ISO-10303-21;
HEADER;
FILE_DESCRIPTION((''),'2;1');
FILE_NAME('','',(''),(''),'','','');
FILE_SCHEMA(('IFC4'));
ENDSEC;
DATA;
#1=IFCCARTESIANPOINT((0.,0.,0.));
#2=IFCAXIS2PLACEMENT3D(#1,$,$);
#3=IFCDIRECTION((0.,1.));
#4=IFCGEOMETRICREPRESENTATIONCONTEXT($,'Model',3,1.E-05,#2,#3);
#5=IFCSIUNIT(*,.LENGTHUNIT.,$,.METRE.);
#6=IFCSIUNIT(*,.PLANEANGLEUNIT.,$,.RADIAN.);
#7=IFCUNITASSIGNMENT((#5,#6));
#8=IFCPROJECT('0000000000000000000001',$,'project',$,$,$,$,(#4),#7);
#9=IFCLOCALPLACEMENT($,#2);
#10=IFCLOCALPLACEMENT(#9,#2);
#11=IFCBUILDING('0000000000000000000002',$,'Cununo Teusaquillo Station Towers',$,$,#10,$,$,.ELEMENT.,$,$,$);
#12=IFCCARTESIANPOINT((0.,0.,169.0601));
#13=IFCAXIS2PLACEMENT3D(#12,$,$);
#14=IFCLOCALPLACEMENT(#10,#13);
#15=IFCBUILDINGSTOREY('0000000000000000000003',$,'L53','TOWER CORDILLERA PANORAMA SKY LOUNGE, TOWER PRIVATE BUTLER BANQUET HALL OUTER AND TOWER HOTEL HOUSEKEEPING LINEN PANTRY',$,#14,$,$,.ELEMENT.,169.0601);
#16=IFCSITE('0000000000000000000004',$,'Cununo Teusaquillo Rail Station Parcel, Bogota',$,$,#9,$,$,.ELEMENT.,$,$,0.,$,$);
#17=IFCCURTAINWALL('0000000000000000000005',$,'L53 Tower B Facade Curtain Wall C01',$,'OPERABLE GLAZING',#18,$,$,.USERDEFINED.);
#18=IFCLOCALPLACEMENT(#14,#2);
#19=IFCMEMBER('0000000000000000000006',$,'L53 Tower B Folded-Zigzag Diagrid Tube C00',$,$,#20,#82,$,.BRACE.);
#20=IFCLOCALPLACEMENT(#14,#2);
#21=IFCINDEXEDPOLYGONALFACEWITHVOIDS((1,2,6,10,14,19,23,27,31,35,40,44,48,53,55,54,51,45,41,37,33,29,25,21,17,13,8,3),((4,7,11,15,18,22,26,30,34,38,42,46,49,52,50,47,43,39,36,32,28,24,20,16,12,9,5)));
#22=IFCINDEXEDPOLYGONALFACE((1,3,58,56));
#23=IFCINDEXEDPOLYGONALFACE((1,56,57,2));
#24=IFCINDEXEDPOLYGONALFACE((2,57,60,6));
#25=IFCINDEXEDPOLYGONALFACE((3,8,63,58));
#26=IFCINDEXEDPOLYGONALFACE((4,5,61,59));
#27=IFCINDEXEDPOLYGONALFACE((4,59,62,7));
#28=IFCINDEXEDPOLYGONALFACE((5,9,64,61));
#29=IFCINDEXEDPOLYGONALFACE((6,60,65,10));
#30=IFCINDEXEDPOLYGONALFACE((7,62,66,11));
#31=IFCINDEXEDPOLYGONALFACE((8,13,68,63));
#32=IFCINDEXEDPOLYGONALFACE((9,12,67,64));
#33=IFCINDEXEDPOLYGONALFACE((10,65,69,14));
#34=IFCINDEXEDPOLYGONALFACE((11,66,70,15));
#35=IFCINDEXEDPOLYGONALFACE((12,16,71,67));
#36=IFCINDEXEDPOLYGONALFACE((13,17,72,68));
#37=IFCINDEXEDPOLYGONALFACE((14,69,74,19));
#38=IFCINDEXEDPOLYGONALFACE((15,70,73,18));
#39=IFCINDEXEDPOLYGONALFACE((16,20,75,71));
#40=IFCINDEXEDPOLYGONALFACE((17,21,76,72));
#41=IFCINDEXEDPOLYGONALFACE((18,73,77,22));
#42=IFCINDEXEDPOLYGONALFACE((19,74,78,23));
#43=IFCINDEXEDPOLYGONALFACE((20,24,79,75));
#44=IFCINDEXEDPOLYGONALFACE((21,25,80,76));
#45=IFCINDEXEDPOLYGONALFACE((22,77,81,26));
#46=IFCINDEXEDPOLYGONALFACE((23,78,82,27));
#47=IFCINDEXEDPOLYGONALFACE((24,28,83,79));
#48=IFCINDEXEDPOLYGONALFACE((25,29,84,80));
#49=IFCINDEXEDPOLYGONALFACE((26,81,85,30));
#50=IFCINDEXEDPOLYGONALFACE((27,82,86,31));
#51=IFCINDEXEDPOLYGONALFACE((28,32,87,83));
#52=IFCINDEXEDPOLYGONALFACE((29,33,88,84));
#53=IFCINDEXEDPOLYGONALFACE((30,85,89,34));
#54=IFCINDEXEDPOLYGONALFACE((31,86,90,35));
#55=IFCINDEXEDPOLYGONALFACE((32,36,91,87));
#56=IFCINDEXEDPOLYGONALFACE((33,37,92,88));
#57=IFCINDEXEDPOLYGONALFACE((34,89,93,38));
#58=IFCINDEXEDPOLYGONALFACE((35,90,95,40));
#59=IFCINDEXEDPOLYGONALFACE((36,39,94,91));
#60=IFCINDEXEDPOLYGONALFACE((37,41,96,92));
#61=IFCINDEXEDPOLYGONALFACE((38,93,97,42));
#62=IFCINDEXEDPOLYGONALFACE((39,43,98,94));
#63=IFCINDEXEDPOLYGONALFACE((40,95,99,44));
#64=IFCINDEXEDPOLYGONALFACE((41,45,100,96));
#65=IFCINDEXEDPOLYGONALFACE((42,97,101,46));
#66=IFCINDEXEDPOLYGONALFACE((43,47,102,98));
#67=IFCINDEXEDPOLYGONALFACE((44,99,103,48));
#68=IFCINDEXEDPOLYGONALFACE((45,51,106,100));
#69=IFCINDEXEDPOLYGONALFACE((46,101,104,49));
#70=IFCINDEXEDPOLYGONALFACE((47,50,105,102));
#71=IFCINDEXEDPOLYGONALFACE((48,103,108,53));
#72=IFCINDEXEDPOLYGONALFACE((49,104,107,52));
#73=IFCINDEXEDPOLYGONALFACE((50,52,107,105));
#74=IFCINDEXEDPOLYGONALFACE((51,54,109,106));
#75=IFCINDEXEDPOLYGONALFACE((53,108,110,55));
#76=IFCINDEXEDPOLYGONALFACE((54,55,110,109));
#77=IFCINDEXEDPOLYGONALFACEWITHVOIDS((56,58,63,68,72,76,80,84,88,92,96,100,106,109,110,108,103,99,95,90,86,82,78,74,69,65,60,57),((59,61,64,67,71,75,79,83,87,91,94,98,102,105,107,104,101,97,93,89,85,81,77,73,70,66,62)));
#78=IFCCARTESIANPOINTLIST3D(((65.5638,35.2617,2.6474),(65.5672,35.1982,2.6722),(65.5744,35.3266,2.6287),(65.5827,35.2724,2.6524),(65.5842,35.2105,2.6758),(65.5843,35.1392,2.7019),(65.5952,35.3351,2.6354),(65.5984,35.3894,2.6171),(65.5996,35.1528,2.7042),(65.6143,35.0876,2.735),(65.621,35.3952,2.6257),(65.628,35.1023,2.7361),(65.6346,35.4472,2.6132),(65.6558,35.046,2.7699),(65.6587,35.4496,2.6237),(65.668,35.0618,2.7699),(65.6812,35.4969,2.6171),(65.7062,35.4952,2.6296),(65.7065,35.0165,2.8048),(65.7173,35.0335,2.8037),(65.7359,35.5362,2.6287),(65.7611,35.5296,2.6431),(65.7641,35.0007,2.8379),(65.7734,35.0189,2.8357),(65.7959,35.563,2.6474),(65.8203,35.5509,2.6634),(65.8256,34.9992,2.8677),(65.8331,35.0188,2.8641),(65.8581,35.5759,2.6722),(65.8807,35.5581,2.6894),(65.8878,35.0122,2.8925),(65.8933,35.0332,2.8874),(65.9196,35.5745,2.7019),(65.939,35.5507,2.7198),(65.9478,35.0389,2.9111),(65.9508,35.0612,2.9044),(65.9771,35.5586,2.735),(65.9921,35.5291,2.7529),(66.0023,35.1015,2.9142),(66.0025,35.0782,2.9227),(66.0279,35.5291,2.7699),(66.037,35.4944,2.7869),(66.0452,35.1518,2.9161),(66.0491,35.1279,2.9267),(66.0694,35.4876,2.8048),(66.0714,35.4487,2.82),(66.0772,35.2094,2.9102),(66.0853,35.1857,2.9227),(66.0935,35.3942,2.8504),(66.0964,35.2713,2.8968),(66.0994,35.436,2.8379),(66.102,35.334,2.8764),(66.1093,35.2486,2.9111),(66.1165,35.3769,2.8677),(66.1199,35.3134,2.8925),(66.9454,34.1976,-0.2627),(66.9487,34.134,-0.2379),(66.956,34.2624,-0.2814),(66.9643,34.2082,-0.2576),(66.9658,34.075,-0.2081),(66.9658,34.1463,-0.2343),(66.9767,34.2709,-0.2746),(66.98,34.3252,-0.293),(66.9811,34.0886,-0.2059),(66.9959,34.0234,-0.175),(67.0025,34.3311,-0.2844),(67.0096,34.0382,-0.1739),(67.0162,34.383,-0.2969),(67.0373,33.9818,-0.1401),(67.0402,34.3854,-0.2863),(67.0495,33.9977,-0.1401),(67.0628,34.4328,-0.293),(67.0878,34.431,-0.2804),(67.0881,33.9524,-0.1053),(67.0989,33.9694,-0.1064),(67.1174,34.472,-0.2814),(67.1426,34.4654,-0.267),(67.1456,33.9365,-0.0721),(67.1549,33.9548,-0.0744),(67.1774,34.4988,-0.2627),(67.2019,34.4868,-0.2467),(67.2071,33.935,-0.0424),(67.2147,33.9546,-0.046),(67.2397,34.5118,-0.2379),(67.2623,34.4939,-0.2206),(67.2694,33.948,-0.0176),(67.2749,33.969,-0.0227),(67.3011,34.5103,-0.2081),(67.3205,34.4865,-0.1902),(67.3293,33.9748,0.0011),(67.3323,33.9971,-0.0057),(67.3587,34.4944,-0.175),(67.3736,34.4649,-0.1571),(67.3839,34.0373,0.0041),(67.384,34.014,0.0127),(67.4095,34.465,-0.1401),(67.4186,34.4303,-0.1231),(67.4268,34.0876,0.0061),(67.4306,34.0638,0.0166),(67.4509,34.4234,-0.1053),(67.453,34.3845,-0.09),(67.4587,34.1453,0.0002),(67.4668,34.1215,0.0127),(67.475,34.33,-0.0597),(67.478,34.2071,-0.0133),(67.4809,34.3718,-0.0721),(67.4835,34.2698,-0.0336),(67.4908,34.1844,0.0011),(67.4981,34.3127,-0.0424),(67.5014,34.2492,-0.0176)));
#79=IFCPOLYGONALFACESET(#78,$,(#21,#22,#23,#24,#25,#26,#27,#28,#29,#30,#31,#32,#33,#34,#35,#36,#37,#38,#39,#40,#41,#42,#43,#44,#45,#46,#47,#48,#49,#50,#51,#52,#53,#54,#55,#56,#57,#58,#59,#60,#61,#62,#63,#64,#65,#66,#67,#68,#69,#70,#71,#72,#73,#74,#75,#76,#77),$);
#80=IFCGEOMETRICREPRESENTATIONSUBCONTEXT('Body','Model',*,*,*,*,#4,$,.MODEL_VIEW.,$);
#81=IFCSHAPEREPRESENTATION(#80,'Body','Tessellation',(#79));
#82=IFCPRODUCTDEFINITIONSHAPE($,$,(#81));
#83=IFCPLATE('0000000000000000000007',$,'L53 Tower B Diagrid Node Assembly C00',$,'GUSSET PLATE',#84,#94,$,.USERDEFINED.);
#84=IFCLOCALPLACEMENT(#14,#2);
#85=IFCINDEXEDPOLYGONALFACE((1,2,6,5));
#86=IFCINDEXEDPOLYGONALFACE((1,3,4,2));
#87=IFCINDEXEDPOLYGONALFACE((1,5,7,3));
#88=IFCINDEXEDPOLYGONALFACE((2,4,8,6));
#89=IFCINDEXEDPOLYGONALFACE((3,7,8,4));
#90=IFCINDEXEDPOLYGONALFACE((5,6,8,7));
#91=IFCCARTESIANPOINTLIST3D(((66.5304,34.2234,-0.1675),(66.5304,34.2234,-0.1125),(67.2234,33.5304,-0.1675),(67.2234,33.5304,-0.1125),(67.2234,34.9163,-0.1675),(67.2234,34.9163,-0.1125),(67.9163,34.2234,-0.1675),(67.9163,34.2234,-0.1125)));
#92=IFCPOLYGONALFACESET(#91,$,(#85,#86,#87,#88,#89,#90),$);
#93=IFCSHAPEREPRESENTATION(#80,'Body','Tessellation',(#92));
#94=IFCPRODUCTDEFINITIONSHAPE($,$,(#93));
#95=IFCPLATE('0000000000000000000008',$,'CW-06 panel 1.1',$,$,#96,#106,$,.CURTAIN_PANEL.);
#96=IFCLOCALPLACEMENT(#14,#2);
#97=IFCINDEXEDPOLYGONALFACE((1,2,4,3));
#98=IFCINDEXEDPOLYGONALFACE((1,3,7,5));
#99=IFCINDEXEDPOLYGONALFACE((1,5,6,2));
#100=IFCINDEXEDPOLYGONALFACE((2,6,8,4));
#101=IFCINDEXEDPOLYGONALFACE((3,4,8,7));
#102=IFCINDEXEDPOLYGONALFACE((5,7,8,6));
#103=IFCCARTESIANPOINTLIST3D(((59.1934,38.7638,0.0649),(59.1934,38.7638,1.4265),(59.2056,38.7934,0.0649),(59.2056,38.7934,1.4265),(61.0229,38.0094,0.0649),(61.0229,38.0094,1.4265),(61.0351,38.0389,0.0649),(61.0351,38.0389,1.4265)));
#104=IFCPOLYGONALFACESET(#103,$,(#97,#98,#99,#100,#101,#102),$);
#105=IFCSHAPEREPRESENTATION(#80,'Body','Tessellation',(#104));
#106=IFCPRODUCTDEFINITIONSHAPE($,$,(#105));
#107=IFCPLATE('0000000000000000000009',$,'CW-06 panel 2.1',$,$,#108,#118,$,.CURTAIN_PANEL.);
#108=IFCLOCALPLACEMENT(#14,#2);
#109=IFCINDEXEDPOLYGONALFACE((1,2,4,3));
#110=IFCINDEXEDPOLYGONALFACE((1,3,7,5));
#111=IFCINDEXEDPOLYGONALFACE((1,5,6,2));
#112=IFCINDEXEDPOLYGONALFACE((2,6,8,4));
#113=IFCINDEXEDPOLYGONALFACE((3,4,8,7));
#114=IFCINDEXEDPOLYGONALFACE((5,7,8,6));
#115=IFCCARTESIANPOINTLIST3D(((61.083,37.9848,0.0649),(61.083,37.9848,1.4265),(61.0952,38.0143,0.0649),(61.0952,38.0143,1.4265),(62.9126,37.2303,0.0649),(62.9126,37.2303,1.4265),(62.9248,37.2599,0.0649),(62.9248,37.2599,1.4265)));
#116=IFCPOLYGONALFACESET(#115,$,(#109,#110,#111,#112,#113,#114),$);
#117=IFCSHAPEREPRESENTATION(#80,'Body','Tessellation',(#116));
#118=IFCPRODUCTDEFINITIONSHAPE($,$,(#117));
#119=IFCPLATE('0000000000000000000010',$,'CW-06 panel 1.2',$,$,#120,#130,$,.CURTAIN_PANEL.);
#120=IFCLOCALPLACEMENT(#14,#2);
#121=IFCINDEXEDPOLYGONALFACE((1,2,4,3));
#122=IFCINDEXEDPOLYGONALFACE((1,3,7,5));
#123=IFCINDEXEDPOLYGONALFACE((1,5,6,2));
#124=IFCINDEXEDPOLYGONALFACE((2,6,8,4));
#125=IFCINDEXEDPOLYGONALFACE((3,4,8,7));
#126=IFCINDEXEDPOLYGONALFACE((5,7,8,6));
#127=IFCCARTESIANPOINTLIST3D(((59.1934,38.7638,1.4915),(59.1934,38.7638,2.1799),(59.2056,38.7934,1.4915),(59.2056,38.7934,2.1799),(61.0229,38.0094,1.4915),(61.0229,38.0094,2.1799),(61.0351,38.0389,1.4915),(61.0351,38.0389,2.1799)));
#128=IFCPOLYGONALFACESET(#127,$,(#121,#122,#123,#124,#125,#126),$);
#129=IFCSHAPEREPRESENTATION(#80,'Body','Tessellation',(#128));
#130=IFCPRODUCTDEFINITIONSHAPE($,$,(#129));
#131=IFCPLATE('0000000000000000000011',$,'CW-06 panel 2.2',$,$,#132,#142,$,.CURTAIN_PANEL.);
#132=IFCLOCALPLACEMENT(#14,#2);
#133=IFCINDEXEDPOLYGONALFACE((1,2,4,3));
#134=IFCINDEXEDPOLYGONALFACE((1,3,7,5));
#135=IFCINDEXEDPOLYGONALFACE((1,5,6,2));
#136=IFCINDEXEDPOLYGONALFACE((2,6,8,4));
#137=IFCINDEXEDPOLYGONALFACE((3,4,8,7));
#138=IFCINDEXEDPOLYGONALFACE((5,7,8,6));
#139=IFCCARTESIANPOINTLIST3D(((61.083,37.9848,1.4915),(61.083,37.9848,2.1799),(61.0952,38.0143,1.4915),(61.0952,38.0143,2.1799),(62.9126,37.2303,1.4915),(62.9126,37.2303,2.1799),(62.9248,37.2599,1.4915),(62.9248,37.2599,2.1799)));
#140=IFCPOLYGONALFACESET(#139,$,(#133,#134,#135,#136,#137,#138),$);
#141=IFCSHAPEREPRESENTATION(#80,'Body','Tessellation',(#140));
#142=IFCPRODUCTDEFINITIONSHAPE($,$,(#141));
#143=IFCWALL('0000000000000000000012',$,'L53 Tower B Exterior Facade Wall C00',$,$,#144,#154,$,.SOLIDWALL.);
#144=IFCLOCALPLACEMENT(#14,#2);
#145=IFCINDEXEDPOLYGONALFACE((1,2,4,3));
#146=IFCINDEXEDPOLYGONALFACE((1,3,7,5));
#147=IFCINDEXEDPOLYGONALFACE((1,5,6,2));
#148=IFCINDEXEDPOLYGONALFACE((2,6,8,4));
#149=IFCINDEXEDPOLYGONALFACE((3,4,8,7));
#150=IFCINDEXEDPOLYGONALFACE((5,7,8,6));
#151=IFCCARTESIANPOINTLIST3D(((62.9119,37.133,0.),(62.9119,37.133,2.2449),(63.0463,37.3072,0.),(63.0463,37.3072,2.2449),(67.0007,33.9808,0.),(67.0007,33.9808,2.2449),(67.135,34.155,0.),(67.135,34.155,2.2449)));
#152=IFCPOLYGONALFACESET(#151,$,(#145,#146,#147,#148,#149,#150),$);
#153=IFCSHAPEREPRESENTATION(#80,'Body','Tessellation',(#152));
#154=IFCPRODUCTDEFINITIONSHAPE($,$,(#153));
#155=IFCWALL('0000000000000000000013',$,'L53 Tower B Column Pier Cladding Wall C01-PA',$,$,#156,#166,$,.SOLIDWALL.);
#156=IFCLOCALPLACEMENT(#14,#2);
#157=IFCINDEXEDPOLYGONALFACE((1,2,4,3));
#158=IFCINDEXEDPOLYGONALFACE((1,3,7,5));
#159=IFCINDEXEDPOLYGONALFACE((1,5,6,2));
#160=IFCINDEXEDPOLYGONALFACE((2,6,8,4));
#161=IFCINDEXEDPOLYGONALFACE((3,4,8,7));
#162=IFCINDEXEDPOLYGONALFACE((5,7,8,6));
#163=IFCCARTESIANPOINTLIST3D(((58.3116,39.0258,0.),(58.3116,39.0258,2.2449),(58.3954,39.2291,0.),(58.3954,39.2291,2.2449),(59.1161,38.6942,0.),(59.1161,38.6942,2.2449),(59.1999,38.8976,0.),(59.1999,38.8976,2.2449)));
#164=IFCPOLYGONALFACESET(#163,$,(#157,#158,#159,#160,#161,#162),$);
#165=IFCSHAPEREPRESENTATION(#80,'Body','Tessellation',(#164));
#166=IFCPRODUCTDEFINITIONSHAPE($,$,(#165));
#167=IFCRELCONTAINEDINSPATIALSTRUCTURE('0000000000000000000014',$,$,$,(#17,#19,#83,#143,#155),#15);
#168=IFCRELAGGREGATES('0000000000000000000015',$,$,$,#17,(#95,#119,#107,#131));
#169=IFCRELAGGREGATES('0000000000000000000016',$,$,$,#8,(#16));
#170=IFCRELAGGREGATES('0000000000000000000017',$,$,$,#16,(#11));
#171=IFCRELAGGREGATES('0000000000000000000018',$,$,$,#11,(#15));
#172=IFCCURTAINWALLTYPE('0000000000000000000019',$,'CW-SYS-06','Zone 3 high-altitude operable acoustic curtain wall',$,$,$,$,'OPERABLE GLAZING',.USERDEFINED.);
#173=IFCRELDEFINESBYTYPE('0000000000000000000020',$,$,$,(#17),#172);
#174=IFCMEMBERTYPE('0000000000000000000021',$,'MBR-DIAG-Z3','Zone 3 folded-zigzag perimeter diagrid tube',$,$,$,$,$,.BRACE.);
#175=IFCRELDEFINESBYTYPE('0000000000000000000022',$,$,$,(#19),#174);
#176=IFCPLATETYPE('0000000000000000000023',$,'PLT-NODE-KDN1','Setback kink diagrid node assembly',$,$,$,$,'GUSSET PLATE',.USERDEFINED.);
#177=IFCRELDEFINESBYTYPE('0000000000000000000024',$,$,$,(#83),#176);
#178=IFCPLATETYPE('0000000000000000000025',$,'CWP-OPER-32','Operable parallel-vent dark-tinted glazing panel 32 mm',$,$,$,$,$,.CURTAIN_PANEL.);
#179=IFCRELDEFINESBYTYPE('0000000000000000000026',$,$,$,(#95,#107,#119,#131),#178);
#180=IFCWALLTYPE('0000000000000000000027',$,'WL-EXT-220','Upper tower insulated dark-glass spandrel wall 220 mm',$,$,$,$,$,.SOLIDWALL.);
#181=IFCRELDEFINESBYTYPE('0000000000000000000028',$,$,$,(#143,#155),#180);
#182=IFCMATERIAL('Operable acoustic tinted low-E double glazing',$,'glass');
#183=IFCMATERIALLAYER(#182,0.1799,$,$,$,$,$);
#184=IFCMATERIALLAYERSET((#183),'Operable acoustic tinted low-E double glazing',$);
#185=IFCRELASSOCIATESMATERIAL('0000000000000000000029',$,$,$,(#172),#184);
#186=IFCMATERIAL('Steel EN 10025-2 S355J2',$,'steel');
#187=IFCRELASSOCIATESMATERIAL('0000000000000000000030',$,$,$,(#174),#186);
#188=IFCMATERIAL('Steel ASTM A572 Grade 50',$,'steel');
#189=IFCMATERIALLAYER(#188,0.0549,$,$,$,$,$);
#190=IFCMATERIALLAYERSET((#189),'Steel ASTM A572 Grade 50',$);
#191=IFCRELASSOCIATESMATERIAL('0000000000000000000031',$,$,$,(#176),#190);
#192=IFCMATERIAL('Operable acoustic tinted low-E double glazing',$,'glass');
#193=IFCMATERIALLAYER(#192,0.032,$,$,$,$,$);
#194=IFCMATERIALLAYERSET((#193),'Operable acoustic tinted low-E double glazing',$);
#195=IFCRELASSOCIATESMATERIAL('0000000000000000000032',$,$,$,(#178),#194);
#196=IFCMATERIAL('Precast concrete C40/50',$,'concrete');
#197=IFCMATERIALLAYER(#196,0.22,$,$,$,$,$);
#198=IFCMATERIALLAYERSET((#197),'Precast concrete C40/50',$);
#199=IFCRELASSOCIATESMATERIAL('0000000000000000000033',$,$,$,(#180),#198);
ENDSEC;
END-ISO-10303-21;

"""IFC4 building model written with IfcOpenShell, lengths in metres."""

from ifc_helpers import new_model, si_unit, direction, frame, frame_2d, origin, origin_2d, place, context, subcontext, project, spatial, rectangle, hollow_circle, extrude, source, transform, mapped, material, layer, layer_set, material_profile, profile_set, type_object, element, aggregate, save


model = new_model("IFC4")

# Units and contexts
model_context = context("Model", 3, precision=1e-05, world=origin(), true_north=direction((0.0, 1.0)))
body_context = subcontext(model_context, "Body", "Model", "MODEL_VIEW")
ifc_project = project(units=[si_unit("LENGTHUNIT", "METRE"), si_unit("PLANEANGLEUNIT", "RADIAN")], contexts=[model_context])

# Site, building, storey
site_placement = place(None, origin())
site = spatial("IfcSite", under=ifc_project, at=site_placement, Name="Cununo Teusaquillo Rail Station Parcel, Bogota", CompositionType="ELEMENT", RefElevation=0.0)
building_placement = place(site_placement, origin())
building = spatial("IfcBuilding", under=site, at=building_placement, Name="Cununo Teusaquillo Station Towers", CompositionType="ELEMENT")
storey_placement = place(building_placement, frame((0.0, 0.0, 169.0601)))
storey = spatial("IfcBuildingStorey", under=building, at=storey_placement, Name="L53", Description="TOWER CORDILLERA PANORAMA SKY LOUNGE, TOWER PRIVATE BUTLER BANQUET HALL OUTER AND TOWER HOTEL HOUSEKEEPING LINEN PANTRY", CompositionType="ELEMENT", Elevation=169.0601)

# Curtain wall
ifc_material_1 = material(Name="Operable acoustic tinted low-E double glazing", Category="glass")
ifc_layer_1 = layer(ifc_material_1, 0.1799)
ifc_layer_set_1 = layer_set([ifc_layer_1], Name="Operable acoustic tinted low-E double glazing")
curtain_wall_type = type_object("IfcCurtainWallType", Name="CW-SYS-06", Description="Zone 3 high-altitude operable acoustic curtain wall", ElementType="OPERABLE GLAZING", PredefinedType="USERDEFINED", material=ifc_layer_set_1)
curtain_wall_placement = place(storey_placement, origin())
curtain_wall = element("IfcCurtainWall", 1, at=curtain_wall_placement, inside=storey, type_object=curtain_wall_type, Name="L53 Tower B Facade Curtain Wall C01", ObjectType="OPERABLE GLAZING", PredefinedType="USERDEFINED")

# Member
ifc_material_2 = material(Name="Steel EN 10025-2 S355J2", Category="steel")
ifc_material_profile_1 = material_profile(ifc_material_2, hollow_circle(Radius=0.3049, WallThickness=0.02, at=origin_2d()), Name="CHS 610x20")
ifc_profile_set_1 = profile_set([ifc_material_profile_1], Name="Steel EN 10025-2 S355J2")
member_type_1 = type_object("IfcMemberType", Name="MBR-DIAG-Z3", Description="Zone 3 folded-zigzag perimeter diagrid tube", PredefinedType="BRACE", material=ifc_profile_set_1)
member_1_placement = place(storey_placement, frame((67.2234, 34.2234, -0.1401), z_axis=(-0.407226, 0.313677, 0.857772), x_axis=(-0.610232, -0.792223, 0.0)))
element("IfcMember", 2, at=member_1_placement, inside=storey, type_object=member_type_1, Name="L53 Tower B Folded-Zigzag Diagrid Tube C00", PredefinedType="BRACE", context=body_context, shape_type="SweptSolid", body=[
    extrude(hollow_circle(Radius=0.3049, WallThickness=0.02, at=origin_2d()), origin(), (0.0, 0.0, 1.0), 3.3926),
])

# Plates
ifc_material_3 = material(Name="Steel ASTM A572 Grade 50", Category="steel")
ifc_layer_2 = layer(ifc_material_3, 0.0549)
ifc_layer_set_2 = layer_set([ifc_layer_2], Name="Steel ASTM A572 Grade 50")
plate_type_1 = type_object("IfcPlateType", Name="PLT-NODE-KDN1", Description="Setback kink diagrid node assembly", ElementType="GUSSET PLATE", PredefinedType="USERDEFINED", material=ifc_layer_set_2)
shared_shape_1 = source(origin(), body_context, "Body", "SweptSolid", [
    extrude(rectangle(XDim=0.98, YDim=0.98, at=origin_2d()), origin(), (0.0, 0.0, 1.0), 0.0549),
])
plate_1_placement = place(storey_placement, frame((67.2234, 34.2234, -0.1675), z_axis=(0.0, 0.0, 1.0), x_axis=(0.707107, 0.707107, 0.0)))
element("IfcPlate", 3, at=plate_1_placement, inside=storey, type_object=plate_type_1, Name="L53 Tower B Diagrid Node Assembly C00", ObjectType="GUSSET PLATE", PredefinedType="USERDEFINED", context=body_context, shape_type="MappedRepresentation", body=[
    mapped(shared_shape_1, transform((0.0, 0.0, 0.0), x_axis=(1.0, 0.0, 0.0), y_axis=(0.0, 1.0, 0.0), z_axis=(0.0, 0.0, 1.0), scale=1.0)),
])
ifc_material_4 = material(Name="Operable acoustic tinted low-E double glazing", Category="glass")
ifc_layer_3 = layer(ifc_material_4, 0.032)
ifc_layer_set_3 = layer_set([ifc_layer_3], Name="Operable acoustic tinted low-E double glazing")
plate_type_2 = type_object("IfcPlateType", Name="CWP-OPER-32", Description="Operable parallel-vent dark-tinted glazing panel 32 mm", PredefinedType="CURTAIN_PANEL", material=ifc_layer_set_3)
shared_shape_2 = source(origin(), body_context, "Body", "SweptSolid", [
    extrude(rectangle(XDim=1.979, YDim=0.032, at=origin_2d()), origin(), (0.0, 0.0, 1.0), 1.3616),
])
plate_2_placement = place(storey_placement, frame((60.1143, 38.4014, 0.0649), z_axis=(0.0, 0.0, 1.0), x_axis=(0.924481, -0.381229, 0.0)))
plate_2 = element("IfcPlate", 4, at=plate_2_placement, type_object=plate_type_2, Name="CW-06 panel 1.1", PredefinedType="CURTAIN_PANEL", context=body_context, shape_type="MappedRepresentation", body=[
    mapped(shared_shape_2, transform((0.0, 0.0, 0.0), x_axis=(1.0, 0.0, 0.0), y_axis=(0.0, 1.0, 0.0), z_axis=(0.0, 0.0, 1.0), scale=1.0)),
])
plate_3_placement = place(storey_placement, frame((62.0039, 37.6223, 0.0649), z_axis=(0.0, 0.0, 1.0), x_axis=(0.924481, -0.381229, 0.0)))
plate_3 = element("IfcPlate", 5, at=plate_3_placement, type_object=plate_type_2, Name="CW-06 panel 2.1", PredefinedType="CURTAIN_PANEL", context=body_context, shape_type="MappedRepresentation", body=[
    mapped(shared_shape_2, transform((0.0, 0.0, 0.0), x_axis=(1.0, 0.0, 0.0), y_axis=(0.0, 1.0, 0.0), z_axis=(0.0, 0.0, 1.0), scale=1.0)),
])
shared_shape_3 = source(origin(), body_context, "Body", "SweptSolid", [
    extrude(rectangle(XDim=1.979, YDim=0.032, at=origin_2d()), origin(), (0.0, 0.0, 1.0), 0.6885),
])
plate_4_placement = place(storey_placement, frame((60.1143, 38.4014, 1.4915), z_axis=(0.0, 0.0, 1.0), x_axis=(0.924481, -0.381229, 0.0)))
plate_4 = element("IfcPlate", 6, at=plate_4_placement, type_object=plate_type_2, Name="CW-06 panel 1.2", PredefinedType="CURTAIN_PANEL", context=body_context, shape_type="MappedRepresentation", body=[
    mapped(shared_shape_3, transform((0.0, 0.0, 0.0), x_axis=(1.0, 0.0, 0.0), y_axis=(0.0, 1.0, 0.0), z_axis=(0.0, 0.0, 1.0), scale=1.0)),
])
plate_5_placement = place(storey_placement, frame((62.0039, 37.6223, 1.4915), z_axis=(0.0, 0.0, 1.0), x_axis=(0.924481, -0.381229, 0.0)))
plate_5 = element("IfcPlate", 7, at=plate_5_placement, type_object=plate_type_2, Name="CW-06 panel 2.2", PredefinedType="CURTAIN_PANEL", context=body_context, shape_type="MappedRepresentation", body=[
    mapped(shared_shape_3, transform((0.0, 0.0, 0.0), x_axis=(1.0, 0.0, 0.0), y_axis=(0.0, 1.0, 0.0), z_axis=(0.0, 0.0, 1.0), scale=1.0)),
])
aggregate(curtain_wall, [plate_2, plate_4, plate_3, plate_5])

# Walls
ifc_material_5 = material(Name="Precast concrete C40/50", Category="concrete")
ifc_layer_4 = layer(ifc_material_5, 0.22)
ifc_layer_set_4 = layer_set([ifc_layer_4], Name="Precast concrete C40/50")
wall_type_1 = type_object("IfcWallType", Name="WL-EXT-220", Description="Upper tower insulated dark-glass spandrel wall 220 mm", PredefinedType="SOLIDWALL", material=ifc_layer_set_4)
wall_1_placement = place(storey_placement, frame((62.979, 37.2202, 0.0), z_axis=(0.0, 0.0, 1.0), x_axis=(0.791963, -0.61057, 0.0)))
element("IfcWall", 8, at=wall_1_placement, inside=storey, type_object=wall_type_1, Name="L53 Tower B Exterior Facade Wall C00", PredefinedType="SOLIDWALL", context=body_context, shape_type="SweptSolid", body=[
    extrude(rectangle(XDim=5.1628, YDim=0.22, at=frame_2d((2.5815, 0.0))), origin(), (0.0, 0.0, 1.0), 2.2449),
])
wall_2_placement = place(storey_placement, frame((58.3535, 39.1274, 0.0), z_axis=(0.0, 0.0, 1.0), x_axis=(0.924556, -0.381046, 0.0)))
element("IfcWall", 9, at=wall_2_placement, inside=storey, type_object=wall_type_1, Name="L53 Tower B Column Pier Cladding Wall C01-PA", PredefinedType="SOLIDWALL", context=body_context, shape_type="SweptSolid", body=[
    extrude(rectangle(XDim=0.8701, YDim=0.22, at=frame_2d((0.4351, 0.0))), origin(), (0.0, 0.0, 1.0), 2.2449),
])

save(model, "model.ifc")
